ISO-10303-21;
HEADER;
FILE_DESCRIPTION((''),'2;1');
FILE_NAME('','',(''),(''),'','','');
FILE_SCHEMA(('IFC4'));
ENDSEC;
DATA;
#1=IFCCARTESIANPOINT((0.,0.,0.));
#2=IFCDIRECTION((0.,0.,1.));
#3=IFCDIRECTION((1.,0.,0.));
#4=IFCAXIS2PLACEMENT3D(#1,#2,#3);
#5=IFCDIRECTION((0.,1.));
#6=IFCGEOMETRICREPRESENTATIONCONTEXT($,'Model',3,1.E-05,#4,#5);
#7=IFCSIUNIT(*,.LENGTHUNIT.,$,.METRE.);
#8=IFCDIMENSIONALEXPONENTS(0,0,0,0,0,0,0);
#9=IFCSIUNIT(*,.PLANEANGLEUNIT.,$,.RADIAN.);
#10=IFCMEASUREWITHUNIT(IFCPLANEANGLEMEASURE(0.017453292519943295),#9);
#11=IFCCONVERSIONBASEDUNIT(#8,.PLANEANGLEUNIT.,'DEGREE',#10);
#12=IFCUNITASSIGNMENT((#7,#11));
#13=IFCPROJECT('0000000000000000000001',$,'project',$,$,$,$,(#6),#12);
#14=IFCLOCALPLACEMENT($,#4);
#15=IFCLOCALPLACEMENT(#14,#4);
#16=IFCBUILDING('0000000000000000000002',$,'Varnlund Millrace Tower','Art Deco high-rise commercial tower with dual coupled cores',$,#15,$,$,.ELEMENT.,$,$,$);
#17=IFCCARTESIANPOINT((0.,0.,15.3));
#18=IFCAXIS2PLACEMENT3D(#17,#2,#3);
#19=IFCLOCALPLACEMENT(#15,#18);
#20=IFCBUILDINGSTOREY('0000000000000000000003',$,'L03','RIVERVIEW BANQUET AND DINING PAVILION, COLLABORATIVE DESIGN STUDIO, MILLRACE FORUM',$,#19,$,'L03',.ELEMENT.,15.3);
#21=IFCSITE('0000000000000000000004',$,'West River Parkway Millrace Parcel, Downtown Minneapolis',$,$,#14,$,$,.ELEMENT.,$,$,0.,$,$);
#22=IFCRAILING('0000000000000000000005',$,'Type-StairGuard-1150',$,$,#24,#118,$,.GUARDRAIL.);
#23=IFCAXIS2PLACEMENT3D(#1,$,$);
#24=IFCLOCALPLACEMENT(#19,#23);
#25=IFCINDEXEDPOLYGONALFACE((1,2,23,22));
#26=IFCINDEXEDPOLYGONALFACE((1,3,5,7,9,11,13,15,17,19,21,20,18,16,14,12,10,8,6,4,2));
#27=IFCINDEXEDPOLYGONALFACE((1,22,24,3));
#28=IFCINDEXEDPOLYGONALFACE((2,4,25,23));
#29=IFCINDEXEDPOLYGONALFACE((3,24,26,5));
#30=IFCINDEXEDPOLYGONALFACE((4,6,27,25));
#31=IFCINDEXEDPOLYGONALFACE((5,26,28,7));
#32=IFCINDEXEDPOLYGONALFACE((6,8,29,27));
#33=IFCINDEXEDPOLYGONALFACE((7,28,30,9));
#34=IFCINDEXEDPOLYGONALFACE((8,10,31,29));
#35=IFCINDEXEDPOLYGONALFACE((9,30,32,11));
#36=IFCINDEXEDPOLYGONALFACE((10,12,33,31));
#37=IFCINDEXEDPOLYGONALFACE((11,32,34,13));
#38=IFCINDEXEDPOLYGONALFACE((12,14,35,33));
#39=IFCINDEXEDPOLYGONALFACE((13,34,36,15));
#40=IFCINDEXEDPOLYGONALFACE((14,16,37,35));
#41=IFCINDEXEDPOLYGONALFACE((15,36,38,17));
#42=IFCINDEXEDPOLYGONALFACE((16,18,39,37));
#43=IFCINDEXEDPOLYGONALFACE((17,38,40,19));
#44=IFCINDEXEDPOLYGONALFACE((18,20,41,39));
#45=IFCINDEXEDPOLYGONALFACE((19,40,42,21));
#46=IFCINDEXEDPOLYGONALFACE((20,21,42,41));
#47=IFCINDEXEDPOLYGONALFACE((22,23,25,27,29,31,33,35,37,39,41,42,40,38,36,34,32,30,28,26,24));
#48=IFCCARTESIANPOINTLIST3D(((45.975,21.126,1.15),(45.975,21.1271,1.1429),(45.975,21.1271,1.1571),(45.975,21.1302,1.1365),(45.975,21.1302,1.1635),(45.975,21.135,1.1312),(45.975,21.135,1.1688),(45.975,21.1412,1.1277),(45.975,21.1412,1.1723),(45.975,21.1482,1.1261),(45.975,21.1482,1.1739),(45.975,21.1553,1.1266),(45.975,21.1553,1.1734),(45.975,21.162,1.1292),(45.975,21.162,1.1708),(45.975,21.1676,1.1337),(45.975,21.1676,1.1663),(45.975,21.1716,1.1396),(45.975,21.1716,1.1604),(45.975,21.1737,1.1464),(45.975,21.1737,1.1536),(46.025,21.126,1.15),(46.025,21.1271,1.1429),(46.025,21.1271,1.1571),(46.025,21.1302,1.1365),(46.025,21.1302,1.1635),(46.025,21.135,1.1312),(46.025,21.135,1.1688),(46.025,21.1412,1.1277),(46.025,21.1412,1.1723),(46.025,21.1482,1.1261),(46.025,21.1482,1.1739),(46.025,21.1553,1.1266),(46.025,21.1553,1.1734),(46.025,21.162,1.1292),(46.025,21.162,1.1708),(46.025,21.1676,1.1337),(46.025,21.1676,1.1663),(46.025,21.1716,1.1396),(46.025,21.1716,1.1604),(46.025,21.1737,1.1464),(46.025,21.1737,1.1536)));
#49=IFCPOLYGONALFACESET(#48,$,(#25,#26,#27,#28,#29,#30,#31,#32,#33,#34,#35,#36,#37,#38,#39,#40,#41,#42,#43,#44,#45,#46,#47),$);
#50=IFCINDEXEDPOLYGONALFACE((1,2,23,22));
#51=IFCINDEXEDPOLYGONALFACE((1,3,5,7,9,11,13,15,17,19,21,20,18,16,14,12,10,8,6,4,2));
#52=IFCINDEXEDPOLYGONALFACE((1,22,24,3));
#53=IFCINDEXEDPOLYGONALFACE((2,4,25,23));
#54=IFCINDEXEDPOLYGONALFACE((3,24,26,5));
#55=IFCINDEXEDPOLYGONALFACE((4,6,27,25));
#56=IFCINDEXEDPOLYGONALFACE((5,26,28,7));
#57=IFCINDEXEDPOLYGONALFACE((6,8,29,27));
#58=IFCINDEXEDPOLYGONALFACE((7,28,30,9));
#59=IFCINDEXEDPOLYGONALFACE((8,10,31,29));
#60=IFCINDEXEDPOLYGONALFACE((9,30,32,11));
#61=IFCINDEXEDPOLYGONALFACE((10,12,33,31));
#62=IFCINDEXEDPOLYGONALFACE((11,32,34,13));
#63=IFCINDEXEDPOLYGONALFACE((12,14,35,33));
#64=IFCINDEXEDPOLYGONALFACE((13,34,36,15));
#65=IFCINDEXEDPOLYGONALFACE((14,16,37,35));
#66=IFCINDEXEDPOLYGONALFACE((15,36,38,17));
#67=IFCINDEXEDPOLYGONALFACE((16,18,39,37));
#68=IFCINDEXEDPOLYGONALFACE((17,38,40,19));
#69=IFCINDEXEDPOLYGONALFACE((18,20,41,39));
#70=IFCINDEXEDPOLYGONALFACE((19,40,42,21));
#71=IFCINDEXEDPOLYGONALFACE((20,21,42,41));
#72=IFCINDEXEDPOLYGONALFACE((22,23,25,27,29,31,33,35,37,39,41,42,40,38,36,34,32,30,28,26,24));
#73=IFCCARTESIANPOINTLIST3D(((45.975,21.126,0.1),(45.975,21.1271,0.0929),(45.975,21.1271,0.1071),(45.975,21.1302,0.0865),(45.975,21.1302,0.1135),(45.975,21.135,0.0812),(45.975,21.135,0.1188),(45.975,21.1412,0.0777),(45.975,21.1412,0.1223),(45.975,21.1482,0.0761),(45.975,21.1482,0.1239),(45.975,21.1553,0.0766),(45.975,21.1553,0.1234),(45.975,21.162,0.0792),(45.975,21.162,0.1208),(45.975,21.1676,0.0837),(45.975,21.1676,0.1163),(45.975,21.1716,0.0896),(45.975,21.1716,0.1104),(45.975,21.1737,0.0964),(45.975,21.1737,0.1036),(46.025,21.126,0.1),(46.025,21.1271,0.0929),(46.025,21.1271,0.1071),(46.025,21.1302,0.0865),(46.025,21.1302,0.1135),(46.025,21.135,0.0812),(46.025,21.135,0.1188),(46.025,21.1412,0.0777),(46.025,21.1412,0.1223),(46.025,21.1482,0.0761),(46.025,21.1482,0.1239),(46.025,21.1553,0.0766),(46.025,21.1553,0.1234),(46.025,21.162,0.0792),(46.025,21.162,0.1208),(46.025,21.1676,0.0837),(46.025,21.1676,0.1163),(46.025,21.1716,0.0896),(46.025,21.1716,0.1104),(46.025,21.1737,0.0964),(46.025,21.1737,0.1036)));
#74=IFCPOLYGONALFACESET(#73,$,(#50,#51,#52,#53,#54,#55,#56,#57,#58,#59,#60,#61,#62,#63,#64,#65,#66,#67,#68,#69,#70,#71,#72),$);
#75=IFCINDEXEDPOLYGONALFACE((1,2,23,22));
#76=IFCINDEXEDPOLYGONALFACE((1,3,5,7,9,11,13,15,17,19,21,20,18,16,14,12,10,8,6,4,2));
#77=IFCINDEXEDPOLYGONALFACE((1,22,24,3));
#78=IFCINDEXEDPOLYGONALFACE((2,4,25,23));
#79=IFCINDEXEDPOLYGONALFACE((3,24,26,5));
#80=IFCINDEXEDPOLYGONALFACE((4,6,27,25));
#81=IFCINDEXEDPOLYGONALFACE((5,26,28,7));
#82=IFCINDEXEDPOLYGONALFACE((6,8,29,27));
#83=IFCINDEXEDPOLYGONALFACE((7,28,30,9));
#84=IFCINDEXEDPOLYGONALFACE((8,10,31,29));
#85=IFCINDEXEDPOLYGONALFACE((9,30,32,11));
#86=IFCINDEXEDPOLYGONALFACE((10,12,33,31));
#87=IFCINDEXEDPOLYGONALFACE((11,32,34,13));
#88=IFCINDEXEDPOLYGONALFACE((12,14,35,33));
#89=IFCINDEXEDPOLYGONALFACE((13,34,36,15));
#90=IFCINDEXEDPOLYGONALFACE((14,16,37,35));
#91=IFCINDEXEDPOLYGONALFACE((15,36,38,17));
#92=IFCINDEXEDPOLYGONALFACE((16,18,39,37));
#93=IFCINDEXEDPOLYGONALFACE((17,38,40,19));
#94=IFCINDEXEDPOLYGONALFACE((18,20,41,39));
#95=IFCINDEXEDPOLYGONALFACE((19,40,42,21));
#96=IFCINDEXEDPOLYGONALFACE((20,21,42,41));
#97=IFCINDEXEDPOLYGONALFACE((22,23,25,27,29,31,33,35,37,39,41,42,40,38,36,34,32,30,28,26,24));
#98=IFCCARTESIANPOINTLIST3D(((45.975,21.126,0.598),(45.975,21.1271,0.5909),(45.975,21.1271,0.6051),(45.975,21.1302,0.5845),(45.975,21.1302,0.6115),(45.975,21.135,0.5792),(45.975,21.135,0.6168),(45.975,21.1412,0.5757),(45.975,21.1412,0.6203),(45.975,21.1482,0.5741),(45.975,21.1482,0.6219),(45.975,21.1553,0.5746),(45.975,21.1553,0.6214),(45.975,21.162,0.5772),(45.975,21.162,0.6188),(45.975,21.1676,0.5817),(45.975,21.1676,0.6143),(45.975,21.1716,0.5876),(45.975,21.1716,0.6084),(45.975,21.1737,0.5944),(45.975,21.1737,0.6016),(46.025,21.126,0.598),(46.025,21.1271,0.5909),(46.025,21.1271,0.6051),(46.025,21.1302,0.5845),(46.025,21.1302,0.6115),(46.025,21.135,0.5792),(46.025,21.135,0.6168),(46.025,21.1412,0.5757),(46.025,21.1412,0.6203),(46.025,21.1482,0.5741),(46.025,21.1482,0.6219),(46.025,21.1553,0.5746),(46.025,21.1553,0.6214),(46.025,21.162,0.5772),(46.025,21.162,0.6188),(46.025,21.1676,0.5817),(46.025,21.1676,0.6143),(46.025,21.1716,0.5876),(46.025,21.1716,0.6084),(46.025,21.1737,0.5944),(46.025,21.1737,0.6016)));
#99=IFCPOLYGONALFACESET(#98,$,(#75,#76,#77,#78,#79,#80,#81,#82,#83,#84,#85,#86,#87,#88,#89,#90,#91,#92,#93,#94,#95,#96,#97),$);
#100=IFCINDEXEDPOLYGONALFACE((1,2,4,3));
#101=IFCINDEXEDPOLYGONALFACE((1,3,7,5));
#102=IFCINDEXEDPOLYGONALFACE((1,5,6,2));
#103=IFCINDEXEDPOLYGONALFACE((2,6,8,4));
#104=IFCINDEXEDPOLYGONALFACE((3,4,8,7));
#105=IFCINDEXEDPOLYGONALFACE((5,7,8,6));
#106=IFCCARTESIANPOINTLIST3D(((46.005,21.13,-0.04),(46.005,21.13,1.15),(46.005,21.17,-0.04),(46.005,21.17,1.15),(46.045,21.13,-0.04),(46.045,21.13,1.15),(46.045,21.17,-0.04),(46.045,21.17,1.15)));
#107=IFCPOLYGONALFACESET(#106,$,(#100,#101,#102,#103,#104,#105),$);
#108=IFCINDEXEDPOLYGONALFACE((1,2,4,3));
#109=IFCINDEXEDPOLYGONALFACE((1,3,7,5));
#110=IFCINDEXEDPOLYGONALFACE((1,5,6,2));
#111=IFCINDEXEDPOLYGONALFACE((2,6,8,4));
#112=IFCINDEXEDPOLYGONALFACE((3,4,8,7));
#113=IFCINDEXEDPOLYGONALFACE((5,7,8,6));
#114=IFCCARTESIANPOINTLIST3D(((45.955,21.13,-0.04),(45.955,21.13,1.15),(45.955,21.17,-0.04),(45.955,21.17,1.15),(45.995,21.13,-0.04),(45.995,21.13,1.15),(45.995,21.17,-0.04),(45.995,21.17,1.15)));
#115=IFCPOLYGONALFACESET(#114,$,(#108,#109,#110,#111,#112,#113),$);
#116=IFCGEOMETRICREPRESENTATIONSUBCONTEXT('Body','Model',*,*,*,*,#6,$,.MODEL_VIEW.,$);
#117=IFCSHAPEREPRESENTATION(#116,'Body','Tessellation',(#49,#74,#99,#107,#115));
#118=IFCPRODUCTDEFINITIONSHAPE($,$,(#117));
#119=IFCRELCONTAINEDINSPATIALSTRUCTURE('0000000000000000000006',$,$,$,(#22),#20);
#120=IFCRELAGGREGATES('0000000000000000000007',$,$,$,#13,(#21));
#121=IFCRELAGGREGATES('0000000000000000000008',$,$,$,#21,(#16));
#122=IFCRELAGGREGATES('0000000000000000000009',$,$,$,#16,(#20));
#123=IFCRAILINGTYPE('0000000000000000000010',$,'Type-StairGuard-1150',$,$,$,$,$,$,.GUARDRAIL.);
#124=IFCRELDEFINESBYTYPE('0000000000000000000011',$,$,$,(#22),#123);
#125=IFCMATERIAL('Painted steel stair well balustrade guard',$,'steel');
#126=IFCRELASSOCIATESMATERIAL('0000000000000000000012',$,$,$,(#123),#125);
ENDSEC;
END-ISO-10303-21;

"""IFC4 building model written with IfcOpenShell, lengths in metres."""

from ifc_helpers import new_model, entity, si_unit, converted_unit, direction, frame, origin_with_axes, origin_2d_with_axis, place, context, subcontext, project, spatial, rectangle, circle, extrude, material, type_object, element, save


model = new_model("IFC4")

# Units and contexts
model_context = context("Model", 3, precision=1e-05, world=origin_with_axes(), true_north=direction((0.0, 1.0)))
body_context = subcontext(model_context, "Body", "Model", "MODEL_VIEW")
ifc_project = project(units=[si_unit("LENGTHUNIT", "METRE"), converted_unit("PLANEANGLEUNIT", "DEGREE", entity("IfcPlaneAngleMeasure", 0.017453292519943295), si_unit("PLANEANGLEUNIT", "RADIAN"), dimensions=[0, 0, 0, 0, 0, 0, 0])], contexts=[model_context])

# Site, building, storey
site_placement = place(None, origin_with_axes())
site = spatial("IfcSite", under=ifc_project, at=site_placement, Name="West River Parkway Millrace Parcel, Downtown Minneapolis", CompositionType="ELEMENT", RefElevation=0.0)
building_placement = place(site_placement, origin_with_axes())
building = spatial("IfcBuilding", under=site, at=building_placement, Name="Varnlund Millrace Tower", Description="Art Deco high-rise commercial tower with dual coupled cores", CompositionType="ELEMENT")
storey_placement = place(building_placement, frame((0.0, 0.0, 15.3), z_axis=(0.0, 0.0, 1.0), x_axis=(1.0, 0.0, 0.0)))
storey = spatial("IfcBuildingStorey", under=building, at=storey_placement, Name="L03", Description="RIVERVIEW BANQUET AND DINING PAVILION, COLLABORATIVE DESIGN STUDIO, MILLRACE FORUM", LongName="L03", CompositionType="ELEMENT", Elevation=15.3)

# Railing
ifc_material_1 = material(Name="Painted steel stair well balustrade guard", Category="steel")
railing_type_1 = type_object("IfcRailingType", Name="Type-StairGuard-1150", PredefinedType="GUARDRAIL", material=ifc_material_1)
railing_1_placement = place(storey_placement, frame((0.0, 0.0, -15.3), z_axis=(0.0, 0.0, 1.0), x_axis=(1.0, 0.0, 0.0)))
element("IfcRailing", 1, at=railing_1_placement, inside=storey, type_object=railing_type_1, Name="Type-StairGuard-1150", PredefinedType="GUARDRAIL", context=body_context, shape_type="SweptSolid", body=[
    extrude(circle(Radius=0.024, at=origin_2d_with_axis()), frame((46.025, 21.15, 16.45), z_axis=(-1.0, 0.0, 0.0), x_axis=(0.0, -1.0, 0.0)), (0.0, 0.0, 1.0), 0.05),
    extrude(circle(Radius=0.024, at=origin_2d_with_axis()), frame((46.025, 21.15, 15.4), z_axis=(-1.0, 0.0, 0.0), x_axis=(0.0, -1.0, 0.0)), (0.0, 0.0, 1.0), 0.05),
    extrude(circle(Radius=0.024, at=origin_2d_with_axis()), frame((46.025, 21.15, 15.898), z_axis=(-1.0, 0.0, 0.0), x_axis=(0.0, -1.0, 0.0)), (0.0, 0.0, 1.0), 0.05),
    extrude(rectangle(XDim=0.04, YDim=0.04, at=origin_2d_with_axis()), frame((46.025, 21.15, 15.26), z_axis=(0.0, 0.0, 1.0), x_axis=(1.0, 0.0, 0.0)), (0.0, 0.0, 1.0), 1.19),
    extrude(rectangle(XDim=0.04, YDim=0.04, at=origin_2d_with_axis()), frame((45.975, 21.15, 15.26), z_axis=(0.0, 0.0, 1.0), x_axis=(1.0, 0.0, 0.0)), (0.0, 0.0, 1.0), 1.19),
])

save(model, "model.ifc")
